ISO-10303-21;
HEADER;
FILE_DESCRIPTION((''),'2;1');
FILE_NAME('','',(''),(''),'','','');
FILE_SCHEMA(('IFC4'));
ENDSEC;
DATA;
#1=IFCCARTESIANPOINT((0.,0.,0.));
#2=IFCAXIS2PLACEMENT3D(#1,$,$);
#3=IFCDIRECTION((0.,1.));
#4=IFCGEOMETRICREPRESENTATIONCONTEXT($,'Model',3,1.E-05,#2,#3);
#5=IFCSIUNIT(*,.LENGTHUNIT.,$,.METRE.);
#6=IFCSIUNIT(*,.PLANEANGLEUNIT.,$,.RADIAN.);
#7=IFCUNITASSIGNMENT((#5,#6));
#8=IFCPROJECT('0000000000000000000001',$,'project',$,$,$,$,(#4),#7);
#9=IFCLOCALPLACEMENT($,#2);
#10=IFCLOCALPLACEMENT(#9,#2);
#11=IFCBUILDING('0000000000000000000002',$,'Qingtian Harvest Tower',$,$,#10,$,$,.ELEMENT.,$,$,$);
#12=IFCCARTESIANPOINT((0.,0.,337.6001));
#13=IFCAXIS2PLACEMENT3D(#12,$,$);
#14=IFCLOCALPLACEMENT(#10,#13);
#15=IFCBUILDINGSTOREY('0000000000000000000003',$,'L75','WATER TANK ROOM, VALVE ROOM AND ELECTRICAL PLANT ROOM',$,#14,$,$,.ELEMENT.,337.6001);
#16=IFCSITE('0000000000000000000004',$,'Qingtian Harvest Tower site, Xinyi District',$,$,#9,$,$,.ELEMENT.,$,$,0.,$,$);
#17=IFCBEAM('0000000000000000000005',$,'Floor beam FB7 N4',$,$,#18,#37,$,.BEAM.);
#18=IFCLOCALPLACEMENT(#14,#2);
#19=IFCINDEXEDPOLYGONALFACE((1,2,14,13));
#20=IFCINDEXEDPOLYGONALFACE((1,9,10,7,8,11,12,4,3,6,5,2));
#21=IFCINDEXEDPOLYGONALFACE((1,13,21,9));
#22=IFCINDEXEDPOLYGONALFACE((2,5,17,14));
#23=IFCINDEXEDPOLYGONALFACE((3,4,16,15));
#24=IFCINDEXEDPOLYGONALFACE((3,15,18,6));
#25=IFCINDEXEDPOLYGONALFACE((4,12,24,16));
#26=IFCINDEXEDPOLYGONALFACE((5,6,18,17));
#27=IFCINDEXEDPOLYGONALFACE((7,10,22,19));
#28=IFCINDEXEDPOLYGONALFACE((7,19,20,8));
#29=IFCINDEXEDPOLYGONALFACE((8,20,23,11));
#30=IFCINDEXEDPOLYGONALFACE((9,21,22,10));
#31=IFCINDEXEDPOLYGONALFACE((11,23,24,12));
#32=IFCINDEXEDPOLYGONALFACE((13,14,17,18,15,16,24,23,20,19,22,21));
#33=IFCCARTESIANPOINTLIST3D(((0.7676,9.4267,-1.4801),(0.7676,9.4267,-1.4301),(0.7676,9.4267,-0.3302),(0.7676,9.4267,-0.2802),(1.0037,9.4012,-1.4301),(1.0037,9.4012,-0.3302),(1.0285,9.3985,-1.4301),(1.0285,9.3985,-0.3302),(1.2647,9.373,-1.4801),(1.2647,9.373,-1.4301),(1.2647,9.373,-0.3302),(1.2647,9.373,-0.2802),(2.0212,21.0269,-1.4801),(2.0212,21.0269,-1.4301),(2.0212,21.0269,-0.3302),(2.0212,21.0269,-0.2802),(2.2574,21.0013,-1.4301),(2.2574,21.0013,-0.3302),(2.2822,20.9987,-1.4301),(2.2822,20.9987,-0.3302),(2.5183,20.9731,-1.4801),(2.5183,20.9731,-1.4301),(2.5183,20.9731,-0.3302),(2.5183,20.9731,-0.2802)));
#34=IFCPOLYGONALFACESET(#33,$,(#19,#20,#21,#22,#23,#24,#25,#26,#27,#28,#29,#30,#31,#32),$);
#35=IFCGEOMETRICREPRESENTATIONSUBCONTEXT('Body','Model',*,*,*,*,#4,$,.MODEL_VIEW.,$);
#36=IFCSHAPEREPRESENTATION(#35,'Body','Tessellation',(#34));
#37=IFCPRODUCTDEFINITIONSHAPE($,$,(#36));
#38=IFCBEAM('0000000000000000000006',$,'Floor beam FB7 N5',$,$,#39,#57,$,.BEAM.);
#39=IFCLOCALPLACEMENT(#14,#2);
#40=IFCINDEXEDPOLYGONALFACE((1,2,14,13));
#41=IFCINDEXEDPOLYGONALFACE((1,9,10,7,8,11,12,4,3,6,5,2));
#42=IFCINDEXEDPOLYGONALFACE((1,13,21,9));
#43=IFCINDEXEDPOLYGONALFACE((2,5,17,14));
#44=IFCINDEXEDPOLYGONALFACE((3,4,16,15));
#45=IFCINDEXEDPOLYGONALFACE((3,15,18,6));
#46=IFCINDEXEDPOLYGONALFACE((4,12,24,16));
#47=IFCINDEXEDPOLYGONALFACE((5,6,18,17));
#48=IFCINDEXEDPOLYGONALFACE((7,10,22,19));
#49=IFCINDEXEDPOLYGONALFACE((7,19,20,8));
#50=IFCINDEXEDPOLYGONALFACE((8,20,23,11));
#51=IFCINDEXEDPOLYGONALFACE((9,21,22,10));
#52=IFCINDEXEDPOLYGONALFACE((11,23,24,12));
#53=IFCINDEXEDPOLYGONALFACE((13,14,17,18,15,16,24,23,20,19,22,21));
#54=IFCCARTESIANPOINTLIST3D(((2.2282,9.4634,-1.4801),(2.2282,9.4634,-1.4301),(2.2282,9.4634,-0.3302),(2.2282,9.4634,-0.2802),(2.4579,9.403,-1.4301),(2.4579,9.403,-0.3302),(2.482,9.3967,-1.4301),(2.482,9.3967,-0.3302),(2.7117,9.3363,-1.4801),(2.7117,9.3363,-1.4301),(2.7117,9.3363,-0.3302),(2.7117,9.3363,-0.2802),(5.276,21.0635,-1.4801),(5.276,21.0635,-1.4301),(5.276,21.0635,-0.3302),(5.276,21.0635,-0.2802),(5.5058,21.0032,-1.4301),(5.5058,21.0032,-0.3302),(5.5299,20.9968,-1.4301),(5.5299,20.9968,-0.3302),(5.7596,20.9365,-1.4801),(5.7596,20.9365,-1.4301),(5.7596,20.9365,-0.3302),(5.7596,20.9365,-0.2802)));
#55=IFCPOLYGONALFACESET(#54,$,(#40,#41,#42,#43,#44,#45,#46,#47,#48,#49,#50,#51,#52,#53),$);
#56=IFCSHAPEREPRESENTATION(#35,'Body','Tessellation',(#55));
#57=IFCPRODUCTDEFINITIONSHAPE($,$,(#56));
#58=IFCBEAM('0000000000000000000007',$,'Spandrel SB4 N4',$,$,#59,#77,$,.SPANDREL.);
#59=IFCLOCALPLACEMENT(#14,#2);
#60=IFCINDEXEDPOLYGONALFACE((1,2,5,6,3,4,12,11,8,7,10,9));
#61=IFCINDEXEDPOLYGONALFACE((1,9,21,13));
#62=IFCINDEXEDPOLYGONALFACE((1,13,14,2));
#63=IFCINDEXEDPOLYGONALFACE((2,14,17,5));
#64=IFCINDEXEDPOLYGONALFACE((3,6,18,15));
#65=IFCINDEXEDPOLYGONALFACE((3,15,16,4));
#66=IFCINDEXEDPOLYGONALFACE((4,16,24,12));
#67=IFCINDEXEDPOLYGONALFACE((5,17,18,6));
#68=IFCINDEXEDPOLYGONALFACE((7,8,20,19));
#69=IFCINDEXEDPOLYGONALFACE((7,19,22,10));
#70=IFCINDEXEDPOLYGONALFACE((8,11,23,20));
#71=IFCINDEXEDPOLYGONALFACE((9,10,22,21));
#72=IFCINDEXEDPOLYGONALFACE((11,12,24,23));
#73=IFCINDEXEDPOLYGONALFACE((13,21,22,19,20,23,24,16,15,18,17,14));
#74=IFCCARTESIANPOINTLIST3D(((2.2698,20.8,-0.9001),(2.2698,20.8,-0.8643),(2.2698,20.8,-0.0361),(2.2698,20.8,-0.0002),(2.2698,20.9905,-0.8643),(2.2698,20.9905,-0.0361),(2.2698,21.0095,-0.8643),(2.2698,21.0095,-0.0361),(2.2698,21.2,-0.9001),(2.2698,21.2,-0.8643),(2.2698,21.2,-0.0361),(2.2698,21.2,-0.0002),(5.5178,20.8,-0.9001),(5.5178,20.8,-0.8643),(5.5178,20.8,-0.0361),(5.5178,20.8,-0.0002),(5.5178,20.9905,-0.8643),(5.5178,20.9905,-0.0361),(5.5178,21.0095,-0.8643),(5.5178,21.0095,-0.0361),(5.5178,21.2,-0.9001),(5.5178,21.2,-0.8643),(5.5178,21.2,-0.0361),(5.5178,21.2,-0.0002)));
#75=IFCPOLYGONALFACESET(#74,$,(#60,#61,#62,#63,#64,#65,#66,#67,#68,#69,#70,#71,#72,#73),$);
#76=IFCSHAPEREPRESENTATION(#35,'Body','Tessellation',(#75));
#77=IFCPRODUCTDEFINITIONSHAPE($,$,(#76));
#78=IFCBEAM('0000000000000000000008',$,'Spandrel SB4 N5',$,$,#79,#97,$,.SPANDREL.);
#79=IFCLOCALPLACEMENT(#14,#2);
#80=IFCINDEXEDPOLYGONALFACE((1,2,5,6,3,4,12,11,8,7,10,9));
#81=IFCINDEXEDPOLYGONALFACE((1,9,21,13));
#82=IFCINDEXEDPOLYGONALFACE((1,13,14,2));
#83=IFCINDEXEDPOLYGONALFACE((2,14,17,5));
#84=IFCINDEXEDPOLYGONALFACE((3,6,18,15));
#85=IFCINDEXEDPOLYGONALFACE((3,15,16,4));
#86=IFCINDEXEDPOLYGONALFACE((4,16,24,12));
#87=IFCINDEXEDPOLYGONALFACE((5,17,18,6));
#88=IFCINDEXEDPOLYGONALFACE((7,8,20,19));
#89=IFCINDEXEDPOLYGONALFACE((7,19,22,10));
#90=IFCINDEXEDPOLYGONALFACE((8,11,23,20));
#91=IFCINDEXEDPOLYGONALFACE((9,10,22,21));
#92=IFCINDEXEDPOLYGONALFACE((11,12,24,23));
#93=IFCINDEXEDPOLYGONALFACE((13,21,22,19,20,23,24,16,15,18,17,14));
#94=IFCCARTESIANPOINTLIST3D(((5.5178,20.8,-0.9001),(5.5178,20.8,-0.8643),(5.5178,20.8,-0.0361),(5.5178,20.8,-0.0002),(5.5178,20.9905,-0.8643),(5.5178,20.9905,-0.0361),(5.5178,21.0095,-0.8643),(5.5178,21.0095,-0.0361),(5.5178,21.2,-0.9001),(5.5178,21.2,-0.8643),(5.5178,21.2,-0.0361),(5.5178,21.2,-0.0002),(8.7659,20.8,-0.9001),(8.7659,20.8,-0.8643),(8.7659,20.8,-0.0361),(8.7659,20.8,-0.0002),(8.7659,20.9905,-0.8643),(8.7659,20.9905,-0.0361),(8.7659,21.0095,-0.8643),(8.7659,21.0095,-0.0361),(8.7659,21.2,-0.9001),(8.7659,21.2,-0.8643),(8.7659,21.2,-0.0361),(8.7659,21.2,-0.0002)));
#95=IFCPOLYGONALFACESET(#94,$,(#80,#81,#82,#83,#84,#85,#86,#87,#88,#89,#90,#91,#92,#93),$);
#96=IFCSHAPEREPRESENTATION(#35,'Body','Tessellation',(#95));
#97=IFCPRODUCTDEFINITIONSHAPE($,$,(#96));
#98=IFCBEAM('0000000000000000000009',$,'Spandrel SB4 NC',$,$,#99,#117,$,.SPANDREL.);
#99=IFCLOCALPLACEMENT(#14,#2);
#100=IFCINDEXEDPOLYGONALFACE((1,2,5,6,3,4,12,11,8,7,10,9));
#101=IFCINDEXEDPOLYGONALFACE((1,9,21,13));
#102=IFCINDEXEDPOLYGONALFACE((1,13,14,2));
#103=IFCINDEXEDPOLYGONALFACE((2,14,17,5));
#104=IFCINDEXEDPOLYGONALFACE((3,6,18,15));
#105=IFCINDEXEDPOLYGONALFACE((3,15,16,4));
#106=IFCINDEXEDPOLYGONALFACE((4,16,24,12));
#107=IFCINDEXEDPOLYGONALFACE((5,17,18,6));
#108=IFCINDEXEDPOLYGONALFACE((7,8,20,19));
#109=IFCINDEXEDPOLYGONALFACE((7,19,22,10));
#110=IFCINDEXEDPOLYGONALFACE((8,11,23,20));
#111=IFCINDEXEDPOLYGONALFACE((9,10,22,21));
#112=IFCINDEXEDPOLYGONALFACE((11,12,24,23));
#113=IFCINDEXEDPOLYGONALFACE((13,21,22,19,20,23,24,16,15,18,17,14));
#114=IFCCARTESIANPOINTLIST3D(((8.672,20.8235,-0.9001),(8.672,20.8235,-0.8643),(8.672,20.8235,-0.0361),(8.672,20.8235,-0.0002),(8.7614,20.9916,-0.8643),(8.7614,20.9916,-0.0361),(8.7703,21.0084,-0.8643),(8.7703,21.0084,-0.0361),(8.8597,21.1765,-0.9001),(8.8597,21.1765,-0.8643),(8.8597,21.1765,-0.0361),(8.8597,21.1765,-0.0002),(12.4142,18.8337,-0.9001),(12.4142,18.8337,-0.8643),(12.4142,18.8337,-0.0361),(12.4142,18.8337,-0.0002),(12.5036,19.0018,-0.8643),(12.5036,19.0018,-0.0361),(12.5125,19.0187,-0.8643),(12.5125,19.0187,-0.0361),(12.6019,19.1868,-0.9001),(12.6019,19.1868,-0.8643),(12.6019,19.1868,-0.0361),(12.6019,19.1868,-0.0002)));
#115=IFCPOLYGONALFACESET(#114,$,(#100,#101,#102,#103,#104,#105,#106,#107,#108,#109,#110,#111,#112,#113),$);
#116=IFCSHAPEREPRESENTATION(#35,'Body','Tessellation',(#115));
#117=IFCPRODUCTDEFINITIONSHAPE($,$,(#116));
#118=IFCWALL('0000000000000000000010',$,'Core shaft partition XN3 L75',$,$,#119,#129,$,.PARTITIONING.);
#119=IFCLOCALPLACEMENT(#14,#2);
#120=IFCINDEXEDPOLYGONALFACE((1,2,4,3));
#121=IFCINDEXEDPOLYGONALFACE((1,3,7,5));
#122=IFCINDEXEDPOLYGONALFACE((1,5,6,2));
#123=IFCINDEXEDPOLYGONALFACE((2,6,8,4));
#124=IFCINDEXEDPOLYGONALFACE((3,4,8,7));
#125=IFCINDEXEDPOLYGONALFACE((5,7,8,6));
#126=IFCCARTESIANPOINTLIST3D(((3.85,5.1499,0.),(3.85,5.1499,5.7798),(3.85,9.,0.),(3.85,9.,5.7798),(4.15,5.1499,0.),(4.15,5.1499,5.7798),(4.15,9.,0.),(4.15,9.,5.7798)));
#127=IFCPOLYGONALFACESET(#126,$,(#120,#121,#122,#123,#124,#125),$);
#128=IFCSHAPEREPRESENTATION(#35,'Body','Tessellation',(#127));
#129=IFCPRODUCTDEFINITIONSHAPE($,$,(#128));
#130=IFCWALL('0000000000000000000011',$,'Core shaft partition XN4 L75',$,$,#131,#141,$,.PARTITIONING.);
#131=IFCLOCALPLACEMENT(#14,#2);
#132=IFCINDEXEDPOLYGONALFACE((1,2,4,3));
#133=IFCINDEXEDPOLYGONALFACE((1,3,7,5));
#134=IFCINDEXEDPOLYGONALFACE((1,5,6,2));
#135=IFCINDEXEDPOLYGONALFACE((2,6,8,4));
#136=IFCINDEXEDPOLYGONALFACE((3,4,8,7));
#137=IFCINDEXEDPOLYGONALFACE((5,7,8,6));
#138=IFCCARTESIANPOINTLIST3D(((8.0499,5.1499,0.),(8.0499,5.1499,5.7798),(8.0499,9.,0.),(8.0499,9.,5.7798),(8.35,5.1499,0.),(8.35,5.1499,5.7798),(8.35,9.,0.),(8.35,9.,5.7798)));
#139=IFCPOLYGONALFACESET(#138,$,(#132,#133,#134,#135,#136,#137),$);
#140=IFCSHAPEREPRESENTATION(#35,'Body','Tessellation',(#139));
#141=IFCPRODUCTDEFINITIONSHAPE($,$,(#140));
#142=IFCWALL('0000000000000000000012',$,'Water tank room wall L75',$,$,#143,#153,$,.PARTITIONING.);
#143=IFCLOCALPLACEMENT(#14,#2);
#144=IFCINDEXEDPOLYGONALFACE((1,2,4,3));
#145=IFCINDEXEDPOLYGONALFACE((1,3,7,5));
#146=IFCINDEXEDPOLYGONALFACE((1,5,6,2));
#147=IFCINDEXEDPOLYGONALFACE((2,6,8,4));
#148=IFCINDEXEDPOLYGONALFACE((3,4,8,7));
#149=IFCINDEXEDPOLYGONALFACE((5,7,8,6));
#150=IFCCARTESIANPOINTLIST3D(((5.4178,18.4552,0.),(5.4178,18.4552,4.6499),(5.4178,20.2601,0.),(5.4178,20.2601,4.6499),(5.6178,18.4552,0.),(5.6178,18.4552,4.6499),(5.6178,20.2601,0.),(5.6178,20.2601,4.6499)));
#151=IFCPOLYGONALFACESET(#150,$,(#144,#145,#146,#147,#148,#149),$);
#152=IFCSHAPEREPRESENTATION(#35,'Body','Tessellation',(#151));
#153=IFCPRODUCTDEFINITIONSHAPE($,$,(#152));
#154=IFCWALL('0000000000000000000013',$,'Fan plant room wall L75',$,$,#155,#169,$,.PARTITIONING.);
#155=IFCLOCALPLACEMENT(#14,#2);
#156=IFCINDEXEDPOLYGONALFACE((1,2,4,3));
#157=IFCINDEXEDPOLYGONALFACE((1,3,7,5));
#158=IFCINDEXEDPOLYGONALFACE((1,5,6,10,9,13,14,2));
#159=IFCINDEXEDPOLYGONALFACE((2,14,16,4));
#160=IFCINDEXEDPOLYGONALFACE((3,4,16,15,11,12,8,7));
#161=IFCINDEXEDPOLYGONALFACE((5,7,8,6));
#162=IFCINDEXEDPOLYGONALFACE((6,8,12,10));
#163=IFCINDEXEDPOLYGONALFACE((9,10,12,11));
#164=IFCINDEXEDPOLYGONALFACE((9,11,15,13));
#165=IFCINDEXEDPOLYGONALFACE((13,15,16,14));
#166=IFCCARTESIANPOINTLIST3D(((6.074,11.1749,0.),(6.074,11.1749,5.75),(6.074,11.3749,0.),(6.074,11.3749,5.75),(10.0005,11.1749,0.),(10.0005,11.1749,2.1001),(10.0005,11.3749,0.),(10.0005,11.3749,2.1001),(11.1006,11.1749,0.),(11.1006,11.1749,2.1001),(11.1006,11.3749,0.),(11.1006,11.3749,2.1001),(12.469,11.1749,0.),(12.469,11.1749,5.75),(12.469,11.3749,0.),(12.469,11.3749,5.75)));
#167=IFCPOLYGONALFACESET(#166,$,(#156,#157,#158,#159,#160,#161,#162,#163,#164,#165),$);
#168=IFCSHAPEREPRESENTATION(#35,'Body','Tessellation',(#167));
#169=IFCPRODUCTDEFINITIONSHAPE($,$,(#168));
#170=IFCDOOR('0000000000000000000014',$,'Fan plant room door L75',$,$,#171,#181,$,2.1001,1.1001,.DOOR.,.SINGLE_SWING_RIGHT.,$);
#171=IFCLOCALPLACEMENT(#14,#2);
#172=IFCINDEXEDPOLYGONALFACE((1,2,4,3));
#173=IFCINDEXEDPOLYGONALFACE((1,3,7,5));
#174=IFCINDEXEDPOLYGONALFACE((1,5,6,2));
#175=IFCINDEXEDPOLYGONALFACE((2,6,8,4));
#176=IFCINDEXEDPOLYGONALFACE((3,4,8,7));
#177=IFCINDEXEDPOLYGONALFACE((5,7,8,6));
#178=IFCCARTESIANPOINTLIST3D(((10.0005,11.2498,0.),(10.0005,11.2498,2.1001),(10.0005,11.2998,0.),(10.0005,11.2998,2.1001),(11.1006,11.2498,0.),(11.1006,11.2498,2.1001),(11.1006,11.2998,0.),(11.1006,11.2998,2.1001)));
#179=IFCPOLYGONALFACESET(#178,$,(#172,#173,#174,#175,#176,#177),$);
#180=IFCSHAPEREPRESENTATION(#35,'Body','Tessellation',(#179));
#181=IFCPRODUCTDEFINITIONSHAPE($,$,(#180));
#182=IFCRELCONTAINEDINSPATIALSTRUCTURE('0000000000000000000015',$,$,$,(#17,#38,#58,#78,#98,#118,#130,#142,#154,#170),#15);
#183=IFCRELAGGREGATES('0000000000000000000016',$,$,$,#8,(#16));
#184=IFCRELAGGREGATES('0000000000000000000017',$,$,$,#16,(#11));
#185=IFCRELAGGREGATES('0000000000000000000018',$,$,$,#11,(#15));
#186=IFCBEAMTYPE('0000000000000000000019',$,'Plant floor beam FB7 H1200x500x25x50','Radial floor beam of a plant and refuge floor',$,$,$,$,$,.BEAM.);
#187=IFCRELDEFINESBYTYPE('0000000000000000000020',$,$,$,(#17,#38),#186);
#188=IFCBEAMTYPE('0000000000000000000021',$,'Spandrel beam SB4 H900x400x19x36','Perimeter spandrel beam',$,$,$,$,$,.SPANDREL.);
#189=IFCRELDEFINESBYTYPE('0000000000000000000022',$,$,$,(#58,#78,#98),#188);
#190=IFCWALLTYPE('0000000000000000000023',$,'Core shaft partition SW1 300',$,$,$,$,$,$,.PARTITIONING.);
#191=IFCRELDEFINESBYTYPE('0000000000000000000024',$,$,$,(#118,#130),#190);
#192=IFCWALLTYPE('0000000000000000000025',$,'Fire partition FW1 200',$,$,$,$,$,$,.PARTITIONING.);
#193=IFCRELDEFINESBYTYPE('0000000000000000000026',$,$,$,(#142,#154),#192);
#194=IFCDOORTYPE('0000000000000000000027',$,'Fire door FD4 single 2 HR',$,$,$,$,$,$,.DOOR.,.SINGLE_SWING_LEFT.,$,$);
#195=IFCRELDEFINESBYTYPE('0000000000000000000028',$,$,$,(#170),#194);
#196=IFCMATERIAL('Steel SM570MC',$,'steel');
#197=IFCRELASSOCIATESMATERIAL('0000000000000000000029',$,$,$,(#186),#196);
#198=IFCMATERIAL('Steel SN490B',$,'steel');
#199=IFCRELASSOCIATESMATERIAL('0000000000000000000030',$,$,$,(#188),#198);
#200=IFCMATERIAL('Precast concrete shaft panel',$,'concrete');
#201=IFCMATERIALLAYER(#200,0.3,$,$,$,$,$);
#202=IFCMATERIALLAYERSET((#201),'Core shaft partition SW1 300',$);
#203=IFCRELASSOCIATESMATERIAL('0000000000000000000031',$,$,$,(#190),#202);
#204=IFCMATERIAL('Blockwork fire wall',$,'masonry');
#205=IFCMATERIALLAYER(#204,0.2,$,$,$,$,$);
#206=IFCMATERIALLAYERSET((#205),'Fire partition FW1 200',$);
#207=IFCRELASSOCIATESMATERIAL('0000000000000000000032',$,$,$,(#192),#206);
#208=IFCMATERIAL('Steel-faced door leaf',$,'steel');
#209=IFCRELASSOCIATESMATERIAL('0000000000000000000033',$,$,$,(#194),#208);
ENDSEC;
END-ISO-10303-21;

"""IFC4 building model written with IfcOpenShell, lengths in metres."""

from ifc_helpers import new_model, si_unit, direction, frame, frame_2d, origin, origin_2d, place, context, subcontext, project, spatial, rectangle, i_section, extrude, material, layer, layer_set, material_profile, profile_set, type_object, element, fill, save


model = new_model("IFC4")

# Units and contexts
model_context = context("Model", 3, precision=1e-05, world=origin(), true_north=direction((0.0, 1.0)))
body_context = subcontext(model_context, "Body", "Model", "MODEL_VIEW")
ifc_project = project(units=[si_unit("LENGTHUNIT", "METRE"), si_unit("PLANEANGLEUNIT", "RADIAN")], contexts=[model_context])

# Site, building, storey
site_placement = place(None, origin())
site = spatial("IfcSite", under=ifc_project, at=site_placement, Name="Qingtian Harvest Tower site, Xinyi District", CompositionType="ELEMENT", RefElevation=0.0)
building_placement = place(site_placement, origin())
building = spatial("IfcBuilding", under=site, at=building_placement, Name="Qingtian Harvest Tower", CompositionType="ELEMENT")
storey_placement = place(building_placement, frame((0.0, 0.0, 337.6001)))
storey = spatial("IfcBuildingStorey", under=building, at=storey_placement, Name="L75", Description="WATER TANK ROOM, VALVE ROOM AND ELECTRICAL PLANT ROOM", CompositionType="ELEMENT", Elevation=337.6001)

# Beams
ifc_material_1 = material(Name="Steel SM570MC", Category="steel")
ifc_material_profile_1 = material_profile(ifc_material_1, i_section(OverallWidth=0.5, OverallDepth=1.2, WebThickness=0.0249, FlangeThickness=0.05, at=origin_2d()), Name="H1200x500x25x50")
ifc_profile_set_1 = profile_set([ifc_material_profile_1], Name="Steel SM570MC")
beam_type_1 = type_object("IfcBeamType", Name="Plant floor beam FB7 H1200x500x25x50", Description="Radial floor beam of a plant and refuge floor", PredefinedType="BEAM", material=ifc_profile_set_1)
beam_1_placement = place(storey_placement, frame((2.2698, 21.0, -0.8801), z_axis=(-0.107448, -0.994211, 0.0), x_axis=(0.994211, -0.107448, 0.0)))
element("IfcBeam", 1, at=beam_1_placement, inside=storey, type_object=beam_type_1, Name="Floor beam FB7 N4", PredefinedType="BEAM", context=body_context, shape_type="SweptSolid", body=[
    extrude(i_section(OverallWidth=0.5, OverallDepth=1.2, WebThickness=0.0249, FlangeThickness=0.05, at=origin_2d()), origin(), (0.0, 0.0, 1.0), 11.6677),
])
beam_2_placement = place(storey_placement, frame((5.5178, 21.0, -0.8801), z_axis=(-0.254119, -0.967173, 0.0), x_axis=(0.967173, -0.254119, 0.0)))
element("IfcBeam", 2, at=beam_2_placement, inside=storey, type_object=beam_type_1, Name="Floor beam FB7 N5", PredefinedType="BEAM", context=body_context, shape_type="SweptSolid", body=[
    extrude(i_section(OverallWidth=0.5, OverallDepth=1.2, WebThickness=0.0249, FlangeThickness=0.05, at=origin_2d()), origin(), (0.0, 0.0, 1.0), 11.9939),
])
ifc_material_2 = material(Name="Steel SN490B", Category="steel")
ifc_material_profile_2 = material_profile(ifc_material_2, i_section(OverallWidth=0.3999, OverallDepth=0.8999, WebThickness=0.019, FlangeThickness=0.0359, at=origin_2d()), Name="H900x400x19x36")
ifc_profile_set_2 = profile_set([ifc_material_profile_2], Name="Steel SN490B")
beam_type_2 = type_object("IfcBeamType", Name="Spandrel beam SB4 H900x400x19x36", Description="Perimeter spandrel beam", PredefinedType="SPANDREL", material=ifc_profile_set_2)
for number, where, z_axis, x_axis, name in (
    (3, (2.2698, 21.0, -0.4502), (1.0, 0.0, 0.0), (0.0, 1.0, 0.0), "Spandrel SB4 N4"),
    (4, (5.5178, 21.0, -0.4502), (1.0, 0.0, 0.0), (0.0, 1.0, 0.0), "Spandrel SB4 N5"),
):
    element("IfcBeam", number, at=place(storey_placement, frame(where, z_axis=z_axis, x_axis=x_axis)), inside=storey, type_object=beam_type_2, Name=name, PredefinedType="SPANDREL", context=body_context, shape_type="SweptSolid", body=[
        extrude(i_section(OverallWidth=0.3999, OverallDepth=0.8999, WebThickness=0.019, FlangeThickness=0.0359, at=origin_2d()), origin(), (0.0, 0.0, 1.0), 3.248),
    ])
beam_3_placement = place(storey_placement, frame((8.7659, 21.0, -0.4502), z_axis=(0.882949, -0.46947, 0.0), x_axis=(0.46947, 0.882949, 0.0)))
element("IfcBeam", 5, at=beam_3_placement, inside=storey, type_object=beam_type_2, Name="Spandrel SB4 NC", PredefinedType="SPANDREL", context=body_context, shape_type="SweptSolid", body=[
    extrude(i_section(OverallWidth=0.3999, OverallDepth=0.8999, WebThickness=0.019, FlangeThickness=0.0359, at=origin_2d()), origin(), (0.0, 0.0, 1.0), 4.2383),
])

# Walls
ifc_material_3 = material(Name="Precast concrete shaft panel", Category="concrete")
ifc_layer_1 = layer(ifc_material_3, 0.3)
ifc_layer_set_1 = layer_set([ifc_layer_1], Name="Core shaft partition SW1 300")
wall_type_1 = type_object("IfcWallType", Name="Core shaft partition SW1 300", PredefinedType="PARTITIONING", material=ifc_layer_set_1)
for number, where, z_axis, x_axis, name in (
    (6, (4.0, 5.1499, 0.0), (0.0, 0.0, 1.0), (0.0, 1.0, 0.0), "Core shaft partition XN3 L75"),
    (7, (8.2, 5.1499, 0.0), (0.0, 0.0, 1.0), (0.0, 1.0, 0.0), "Core shaft partition XN4 L75"),
):
    element("IfcWall", number, at=place(storey_placement, frame(where, z_axis=z_axis, x_axis=x_axis)), inside=storey, type_object=wall_type_1, Name=name, PredefinedType="PARTITIONING", context=body_context, shape_type="SweptSolid", body=[
        extrude(rectangle(XDim=3.8501, YDim=0.3, at=frame_2d((1.925, 0.0))), origin(), (0.0, 0.0, 1.0), 5.7798),
    ])
ifc_material_4 = material(Name="Blockwork fire wall", Category="masonry")
ifc_layer_2 = layer(ifc_material_4, 0.2)
ifc_layer_set_2 = layer_set([ifc_layer_2], Name="Fire partition FW1 200")
wall_type_2 = type_object("IfcWallType", Name="Fire partition FW1 200", PredefinedType="PARTITIONING", material=ifc_layer_set_2)
wall_1_placement = place(storey_placement, frame((5.5178, 20.26, 0.0), z_axis=(0.0, 0.0, 1.0), x_axis=(0.0, -1.0, 0.0)))
element("IfcWall", 8, at=wall_1_placement, inside=storey, type_object=wall_type_2, Name="Water tank room wall L75", PredefinedType="PARTITIONING", context=body_context, shape_type="SweptSolid", body=[
    extrude(rectangle(XDim=1.8049, YDim=0.2, at=frame_2d((0.9023, 0.0))), origin(), (0.0, 0.0, 1.0), 4.6499),
])

# Wall, opening, door
wall_2_placement = place(storey_placement, frame((6.074, 11.2749, 0.0), z_axis=(0.0, 0.0, 1.0), x_axis=(1.0, 0.0, 0.0)))
wall_2 = element("IfcWall", 9, at=wall_2_placement, inside=storey, type_object=wall_type_2, Name="Fan plant room wall L75", PredefinedType="PARTITIONING", context=body_context, shape_type="SweptSolid", body=[
    extrude(rectangle(XDim=6.395, YDim=0.2, at=frame_2d((3.1975, 0.0))), origin(), (0.0, 0.0, 1.0), 5.75),
])
opening_1_placement = place(wall_2_placement, frame((3.9265, 0.0, 0.0)))
opening_1 = element("IfcOpeningElement", 10, at=opening_1_placement, cuts=wall_2, PredefinedType="OPENING", context=body_context, shape_type="SweptSolid", body=[
    extrude(rectangle(XDim=1.1001, YDim=2.1001, at=frame_2d((0.55, 1.05))), frame((0.0, 0.1099, 0.0), z_axis=(0.0, -1.0, 0.0), x_axis=(1.0, 0.0, 0.0)), (0.0, 0.0, 1.0), 0.22),
])
ifc_material_5 = material(Name="Steel-faced door leaf", Category="steel")
door_type = type_object("IfcDoorType", Name="Fire door FD4 single 2 HR", OperationType="SINGLE_SWING_LEFT", PredefinedType="DOOR", material=ifc_material_5)
door_1_placement = place(opening_1_placement, origin())
door_1 = element("IfcDoor", 11, at=door_1_placement, inside=storey, type_object=door_type, Name="Fan plant room door L75", OperationType="SINGLE_SWING_RIGHT", OverallHeight=2.1001, OverallWidth=1.1001, PredefinedType="DOOR", context=body_context, shape_type="SweptSolid", body=[
    extrude(rectangle(XDim=1.1001, YDim=2.1001, at=frame_2d((0.55, 1.05))), frame((0.0, 0.0249, 0.0), z_axis=(0.0, -1.0, 0.0), x_axis=(1.0, 0.0, 0.0)), (0.0, 0.0, 1.0), 0.05),
])
fill(opening_1, door_1)

save(model, "model.ifc")
